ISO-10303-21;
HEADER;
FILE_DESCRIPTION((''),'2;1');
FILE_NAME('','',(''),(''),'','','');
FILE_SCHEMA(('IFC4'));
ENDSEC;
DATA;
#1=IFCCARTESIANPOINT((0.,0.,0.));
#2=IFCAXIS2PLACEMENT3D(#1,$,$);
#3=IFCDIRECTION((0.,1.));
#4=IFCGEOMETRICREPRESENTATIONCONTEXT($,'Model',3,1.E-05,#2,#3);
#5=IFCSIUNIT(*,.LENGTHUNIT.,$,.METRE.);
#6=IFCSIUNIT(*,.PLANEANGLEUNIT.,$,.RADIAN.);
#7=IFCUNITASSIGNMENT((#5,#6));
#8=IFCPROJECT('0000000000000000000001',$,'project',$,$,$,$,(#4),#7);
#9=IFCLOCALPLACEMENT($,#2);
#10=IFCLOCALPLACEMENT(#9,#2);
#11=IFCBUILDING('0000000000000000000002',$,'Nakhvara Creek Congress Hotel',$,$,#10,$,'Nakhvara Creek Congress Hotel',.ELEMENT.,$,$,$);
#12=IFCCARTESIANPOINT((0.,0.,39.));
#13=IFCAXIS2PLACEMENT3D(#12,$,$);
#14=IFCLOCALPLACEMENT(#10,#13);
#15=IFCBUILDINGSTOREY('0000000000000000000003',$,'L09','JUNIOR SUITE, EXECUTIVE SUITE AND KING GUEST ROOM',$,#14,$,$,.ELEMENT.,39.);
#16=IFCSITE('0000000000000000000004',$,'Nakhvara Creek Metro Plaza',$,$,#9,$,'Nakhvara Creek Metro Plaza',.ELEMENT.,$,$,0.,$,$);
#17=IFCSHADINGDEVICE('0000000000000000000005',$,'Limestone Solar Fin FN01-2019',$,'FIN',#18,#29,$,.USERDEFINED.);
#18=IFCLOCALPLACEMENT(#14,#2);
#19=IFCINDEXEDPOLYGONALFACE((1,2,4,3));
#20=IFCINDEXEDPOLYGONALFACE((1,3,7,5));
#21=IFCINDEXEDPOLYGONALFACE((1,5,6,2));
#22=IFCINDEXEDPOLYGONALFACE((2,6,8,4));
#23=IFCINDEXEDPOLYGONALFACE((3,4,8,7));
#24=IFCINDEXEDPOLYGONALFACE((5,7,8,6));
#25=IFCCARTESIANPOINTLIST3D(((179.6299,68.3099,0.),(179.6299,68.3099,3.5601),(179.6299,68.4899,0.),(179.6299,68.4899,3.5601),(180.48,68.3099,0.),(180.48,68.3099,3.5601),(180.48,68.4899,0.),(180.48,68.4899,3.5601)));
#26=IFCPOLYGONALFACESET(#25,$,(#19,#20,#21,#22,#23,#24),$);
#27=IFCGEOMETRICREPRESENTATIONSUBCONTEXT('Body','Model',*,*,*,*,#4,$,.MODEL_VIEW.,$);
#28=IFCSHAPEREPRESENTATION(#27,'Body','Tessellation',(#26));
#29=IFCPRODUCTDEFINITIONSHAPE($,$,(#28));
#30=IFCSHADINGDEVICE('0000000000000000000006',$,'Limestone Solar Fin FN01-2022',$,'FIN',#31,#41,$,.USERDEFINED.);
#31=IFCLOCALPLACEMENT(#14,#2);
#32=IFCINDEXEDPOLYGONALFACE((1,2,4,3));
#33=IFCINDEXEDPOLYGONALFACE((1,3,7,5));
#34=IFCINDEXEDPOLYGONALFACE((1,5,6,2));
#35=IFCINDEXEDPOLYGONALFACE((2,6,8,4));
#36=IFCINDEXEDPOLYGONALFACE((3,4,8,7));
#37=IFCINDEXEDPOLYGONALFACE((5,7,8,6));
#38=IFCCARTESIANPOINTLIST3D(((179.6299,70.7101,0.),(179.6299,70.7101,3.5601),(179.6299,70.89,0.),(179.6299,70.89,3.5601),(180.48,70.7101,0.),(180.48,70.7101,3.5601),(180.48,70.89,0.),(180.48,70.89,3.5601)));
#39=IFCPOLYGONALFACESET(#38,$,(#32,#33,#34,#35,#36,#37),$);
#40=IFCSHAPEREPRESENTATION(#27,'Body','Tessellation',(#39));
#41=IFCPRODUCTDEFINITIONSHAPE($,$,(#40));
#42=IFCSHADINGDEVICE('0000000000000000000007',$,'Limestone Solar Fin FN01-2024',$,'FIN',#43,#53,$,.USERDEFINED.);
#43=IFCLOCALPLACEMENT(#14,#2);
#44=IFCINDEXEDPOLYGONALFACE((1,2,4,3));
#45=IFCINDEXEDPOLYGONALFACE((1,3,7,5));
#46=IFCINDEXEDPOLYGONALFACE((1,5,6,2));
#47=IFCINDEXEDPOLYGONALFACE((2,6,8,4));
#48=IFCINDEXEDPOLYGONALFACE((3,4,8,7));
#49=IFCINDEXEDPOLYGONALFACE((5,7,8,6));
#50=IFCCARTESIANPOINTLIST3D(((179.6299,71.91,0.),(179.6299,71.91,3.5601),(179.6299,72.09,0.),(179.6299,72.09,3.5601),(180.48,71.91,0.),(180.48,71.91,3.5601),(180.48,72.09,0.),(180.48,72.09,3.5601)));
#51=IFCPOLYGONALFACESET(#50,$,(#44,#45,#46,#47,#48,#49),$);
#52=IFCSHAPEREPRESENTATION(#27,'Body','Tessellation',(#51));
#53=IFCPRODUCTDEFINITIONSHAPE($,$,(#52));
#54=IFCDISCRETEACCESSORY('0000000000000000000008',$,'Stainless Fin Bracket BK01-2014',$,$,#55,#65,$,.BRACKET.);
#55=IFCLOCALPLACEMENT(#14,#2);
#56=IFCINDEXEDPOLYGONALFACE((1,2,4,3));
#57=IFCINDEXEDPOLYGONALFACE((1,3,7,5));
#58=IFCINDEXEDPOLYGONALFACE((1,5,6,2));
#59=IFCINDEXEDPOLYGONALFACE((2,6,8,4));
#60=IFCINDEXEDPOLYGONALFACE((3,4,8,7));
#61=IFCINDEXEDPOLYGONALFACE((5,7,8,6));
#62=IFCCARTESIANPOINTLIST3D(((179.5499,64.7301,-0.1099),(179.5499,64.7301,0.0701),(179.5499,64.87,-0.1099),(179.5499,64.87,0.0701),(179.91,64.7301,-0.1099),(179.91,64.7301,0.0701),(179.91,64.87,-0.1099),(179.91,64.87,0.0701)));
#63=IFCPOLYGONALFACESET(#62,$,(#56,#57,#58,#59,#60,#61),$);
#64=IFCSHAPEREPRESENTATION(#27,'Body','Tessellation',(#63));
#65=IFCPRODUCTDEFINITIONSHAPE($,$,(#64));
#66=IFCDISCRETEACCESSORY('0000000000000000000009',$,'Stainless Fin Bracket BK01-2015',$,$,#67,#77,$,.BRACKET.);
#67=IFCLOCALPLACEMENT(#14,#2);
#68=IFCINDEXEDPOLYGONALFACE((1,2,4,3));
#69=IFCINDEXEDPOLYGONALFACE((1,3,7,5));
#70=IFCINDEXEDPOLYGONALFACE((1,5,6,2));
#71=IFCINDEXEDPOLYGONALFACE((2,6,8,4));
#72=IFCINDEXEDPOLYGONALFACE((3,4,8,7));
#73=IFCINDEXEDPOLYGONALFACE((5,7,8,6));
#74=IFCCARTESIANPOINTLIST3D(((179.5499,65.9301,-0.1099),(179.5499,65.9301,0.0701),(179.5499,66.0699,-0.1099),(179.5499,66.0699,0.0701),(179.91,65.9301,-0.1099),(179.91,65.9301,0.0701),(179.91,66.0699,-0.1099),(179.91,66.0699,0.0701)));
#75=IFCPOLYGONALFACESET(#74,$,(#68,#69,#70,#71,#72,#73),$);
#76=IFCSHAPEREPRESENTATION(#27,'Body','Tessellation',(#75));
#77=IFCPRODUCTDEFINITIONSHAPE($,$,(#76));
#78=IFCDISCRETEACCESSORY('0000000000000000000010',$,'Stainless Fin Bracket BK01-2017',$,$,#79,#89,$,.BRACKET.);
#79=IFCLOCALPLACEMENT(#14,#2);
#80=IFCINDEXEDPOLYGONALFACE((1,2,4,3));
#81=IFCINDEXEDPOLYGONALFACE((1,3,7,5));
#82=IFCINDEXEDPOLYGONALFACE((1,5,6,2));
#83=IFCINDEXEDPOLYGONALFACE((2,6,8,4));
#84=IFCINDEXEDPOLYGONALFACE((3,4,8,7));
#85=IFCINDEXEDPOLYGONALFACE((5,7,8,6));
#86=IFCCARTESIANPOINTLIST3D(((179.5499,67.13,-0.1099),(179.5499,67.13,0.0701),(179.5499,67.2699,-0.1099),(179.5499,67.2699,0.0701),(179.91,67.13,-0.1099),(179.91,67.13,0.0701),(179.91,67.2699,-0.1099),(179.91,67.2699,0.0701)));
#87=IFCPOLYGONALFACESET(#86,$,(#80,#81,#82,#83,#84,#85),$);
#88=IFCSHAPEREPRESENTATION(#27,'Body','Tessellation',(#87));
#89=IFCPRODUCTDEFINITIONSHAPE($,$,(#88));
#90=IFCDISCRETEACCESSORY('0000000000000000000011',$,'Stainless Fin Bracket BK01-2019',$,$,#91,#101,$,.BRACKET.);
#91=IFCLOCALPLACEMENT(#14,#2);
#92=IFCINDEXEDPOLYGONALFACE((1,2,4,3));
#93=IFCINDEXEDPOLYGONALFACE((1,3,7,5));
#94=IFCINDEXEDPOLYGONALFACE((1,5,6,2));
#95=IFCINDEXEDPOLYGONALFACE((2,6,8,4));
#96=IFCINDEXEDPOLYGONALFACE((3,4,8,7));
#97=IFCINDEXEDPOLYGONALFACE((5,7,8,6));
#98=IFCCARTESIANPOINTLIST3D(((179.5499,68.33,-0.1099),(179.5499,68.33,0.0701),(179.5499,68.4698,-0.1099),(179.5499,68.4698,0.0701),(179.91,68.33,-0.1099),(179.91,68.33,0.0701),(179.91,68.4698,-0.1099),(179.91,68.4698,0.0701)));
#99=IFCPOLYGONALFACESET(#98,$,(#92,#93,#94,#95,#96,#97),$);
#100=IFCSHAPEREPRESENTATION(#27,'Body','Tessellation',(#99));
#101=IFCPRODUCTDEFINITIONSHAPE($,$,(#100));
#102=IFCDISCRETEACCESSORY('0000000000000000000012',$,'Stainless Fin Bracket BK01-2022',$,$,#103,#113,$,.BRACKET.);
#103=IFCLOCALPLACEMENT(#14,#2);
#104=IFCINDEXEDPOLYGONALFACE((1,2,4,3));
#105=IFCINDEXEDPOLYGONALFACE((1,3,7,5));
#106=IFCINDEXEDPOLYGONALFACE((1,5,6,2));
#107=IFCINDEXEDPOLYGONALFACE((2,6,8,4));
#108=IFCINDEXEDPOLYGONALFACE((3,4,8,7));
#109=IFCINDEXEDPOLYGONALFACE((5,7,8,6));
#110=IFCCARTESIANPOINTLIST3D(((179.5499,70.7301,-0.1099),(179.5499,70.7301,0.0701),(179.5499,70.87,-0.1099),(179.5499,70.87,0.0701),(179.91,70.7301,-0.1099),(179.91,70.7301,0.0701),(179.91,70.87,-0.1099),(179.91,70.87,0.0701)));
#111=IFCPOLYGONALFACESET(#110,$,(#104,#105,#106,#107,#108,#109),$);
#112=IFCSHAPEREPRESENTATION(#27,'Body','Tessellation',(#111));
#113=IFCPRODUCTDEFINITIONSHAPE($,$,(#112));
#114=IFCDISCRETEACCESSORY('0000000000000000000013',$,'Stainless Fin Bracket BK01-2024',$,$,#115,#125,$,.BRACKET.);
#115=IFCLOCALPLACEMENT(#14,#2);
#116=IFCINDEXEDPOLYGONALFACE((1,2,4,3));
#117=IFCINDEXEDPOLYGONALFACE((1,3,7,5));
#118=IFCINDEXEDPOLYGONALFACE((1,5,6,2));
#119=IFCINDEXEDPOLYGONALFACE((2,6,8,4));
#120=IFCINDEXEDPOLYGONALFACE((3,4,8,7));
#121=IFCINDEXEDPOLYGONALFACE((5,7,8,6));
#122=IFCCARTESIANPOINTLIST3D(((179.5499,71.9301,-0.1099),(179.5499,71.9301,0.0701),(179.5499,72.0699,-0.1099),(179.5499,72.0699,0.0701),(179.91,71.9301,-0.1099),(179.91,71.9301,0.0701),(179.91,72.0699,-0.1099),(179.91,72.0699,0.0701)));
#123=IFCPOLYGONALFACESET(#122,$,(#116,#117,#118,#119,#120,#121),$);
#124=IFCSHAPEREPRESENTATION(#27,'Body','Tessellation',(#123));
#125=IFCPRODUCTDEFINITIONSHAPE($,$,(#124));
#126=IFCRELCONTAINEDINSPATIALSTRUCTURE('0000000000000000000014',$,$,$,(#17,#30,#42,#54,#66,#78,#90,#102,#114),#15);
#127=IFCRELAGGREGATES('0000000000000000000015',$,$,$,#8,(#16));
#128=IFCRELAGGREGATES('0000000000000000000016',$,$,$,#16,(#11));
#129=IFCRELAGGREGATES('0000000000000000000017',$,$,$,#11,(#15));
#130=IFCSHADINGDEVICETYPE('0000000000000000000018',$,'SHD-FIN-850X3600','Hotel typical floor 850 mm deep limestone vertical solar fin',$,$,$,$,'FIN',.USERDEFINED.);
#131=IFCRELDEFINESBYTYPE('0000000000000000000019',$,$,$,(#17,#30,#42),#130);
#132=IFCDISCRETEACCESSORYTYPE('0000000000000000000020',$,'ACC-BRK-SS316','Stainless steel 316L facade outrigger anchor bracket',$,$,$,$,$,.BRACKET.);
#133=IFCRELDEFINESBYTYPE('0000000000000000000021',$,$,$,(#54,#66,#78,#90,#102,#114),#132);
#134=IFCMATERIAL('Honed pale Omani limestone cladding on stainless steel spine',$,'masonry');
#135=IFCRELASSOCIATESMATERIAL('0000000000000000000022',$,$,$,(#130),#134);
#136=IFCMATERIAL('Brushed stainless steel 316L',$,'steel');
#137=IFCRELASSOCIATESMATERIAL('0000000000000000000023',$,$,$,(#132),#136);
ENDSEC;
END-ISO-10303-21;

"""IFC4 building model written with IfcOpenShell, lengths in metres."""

from ifc_helpers import new_model, si_unit, direction, frame, origin, origin_2d, place, context, subcontext, project, spatial, rectangle, extrude, material, type_object, element, save


model = new_model("IFC4")

# Units and contexts
model_context = context("Model", 3, precision=1e-05, world=origin(), true_north=direction((0.0, 1.0)))
body_context = subcontext(model_context, "Body", "Model", "MODEL_VIEW")
ifc_project = project(units=[si_unit("LENGTHUNIT", "METRE"), si_unit("PLANEANGLEUNIT", "RADIAN")], contexts=[model_context])

# Site, building, storey
site_placement = place(None, origin())
site = spatial("IfcSite", under=ifc_project, at=site_placement, Name="Nakhvara Creek Metro Plaza", LongName="Nakhvara Creek Metro Plaza", CompositionType="ELEMENT", RefElevation=0.0)
building_placement = place(site_placement, origin())
building = spatial("IfcBuilding", under=site, at=building_placement, Name="Nakhvara Creek Congress Hotel", LongName="Nakhvara Creek Congress Hotel", CompositionType="ELEMENT")
storey_placement = place(building_placement, frame((0.0, 0.0, 39.0)))
storey = spatial("IfcBuildingStorey", under=building, at=storey_placement, Name="L09", Description="JUNIOR SUITE, EXECUTIVE SUITE AND KING GUEST ROOM", CompositionType="ELEMENT", Elevation=39.0)

# Shading devices
ifc_material_1 = material(Name="Honed pale Omani limestone cladding on stainless steel spine", Category="masonry")
shading_device_type = type_object("IfcShadingDeviceType", Name="SHD-FIN-850X3600", Description="Hotel typical floor 850 mm deep limestone vertical solar fin", ElementType="FIN", PredefinedType="USERDEFINED", material=ifc_material_1)
for number, where, z_axis, x_axis, name in (
    (1, (180.0549, 68.3999, 0.0), (0.0, 0.0, 1.0), (0.0, 1.0, 0.0), "Limestone Solar Fin FN01-2019"),
    (2, (180.0549, 70.8, 0.0), (0.0, 0.0, 1.0), (0.0, 1.0, 0.0), "Limestone Solar Fin FN01-2022"),
    (3, (180.0549, 72.0, 0.0), (0.0, 0.0, 1.0), (0.0, 1.0, 0.0), "Limestone Solar Fin FN01-2024"),
):
    element("IfcShadingDevice", number, at=place(storey_placement, frame(where, z_axis=z_axis, x_axis=x_axis)), inside=storey, type_object=shading_device_type, Name=name, ObjectType="FIN", PredefinedType="USERDEFINED", context=body_context, shape_type="SweptSolid", body=[
        extrude(rectangle(XDim=0.1799, YDim=0.8501, at=origin_2d()), origin(), (0.0, 0.0, 1.0), 3.5601),
    ])

# Discrete accessories
ifc_material_2 = material(Name="Brushed stainless steel 316L", Category="steel")
discrete_accessory_type = type_object("IfcDiscreteAccessoryType", Name="ACC-BRK-SS316", Description="Stainless steel 316L facade outrigger anchor bracket", PredefinedType="BRACKET", material=ifc_material_2)
for number, where, z_axis, x_axis, name in (
    (4, (179.73, 64.8, -0.1099), (0.0, 0.0, 1.0), (0.0, 1.0, 0.0), "Stainless Fin Bracket BK01-2014"),
    (5, (179.73, 66.0, -0.1099), (0.0, 0.0, 1.0), (0.0, 1.0, 0.0), "Stainless Fin Bracket BK01-2015"),
    (6, (179.73, 67.2, -0.1099), (0.0, 0.0, 1.0), (0.0, 1.0, 0.0), "Stainless Fin Bracket BK01-2017"),
    (7, (179.73, 68.3999, -0.1099), (0.0, 0.0, 1.0), (0.0, 1.0, 0.0), "Stainless Fin Bracket BK01-2019"),
    (8, (179.73, 70.8, -0.1099), (0.0, 0.0, 1.0), (0.0, 1.0, 0.0), "Stainless Fin Bracket BK01-2022"),
    (9, (179.73, 72.0, -0.1099), (0.0, 0.0, 1.0), (0.0, 1.0, 0.0), "Stainless Fin Bracket BK01-2024"),
):
    element("IfcDiscreteAccessory", number, at=place(storey_placement, frame(where, z_axis=z_axis, x_axis=x_axis)), inside=storey, type_object=discrete_accessory_type, Name=name, PredefinedType="BRACKET", context=body_context, shape_type="SweptSolid", body=[
        extrude(rectangle(XDim=0.1399, YDim=0.3601, at=origin_2d()), origin(), (0.0, 0.0, 1.0), 0.1799),
    ])

save(model, "model.ifc")
